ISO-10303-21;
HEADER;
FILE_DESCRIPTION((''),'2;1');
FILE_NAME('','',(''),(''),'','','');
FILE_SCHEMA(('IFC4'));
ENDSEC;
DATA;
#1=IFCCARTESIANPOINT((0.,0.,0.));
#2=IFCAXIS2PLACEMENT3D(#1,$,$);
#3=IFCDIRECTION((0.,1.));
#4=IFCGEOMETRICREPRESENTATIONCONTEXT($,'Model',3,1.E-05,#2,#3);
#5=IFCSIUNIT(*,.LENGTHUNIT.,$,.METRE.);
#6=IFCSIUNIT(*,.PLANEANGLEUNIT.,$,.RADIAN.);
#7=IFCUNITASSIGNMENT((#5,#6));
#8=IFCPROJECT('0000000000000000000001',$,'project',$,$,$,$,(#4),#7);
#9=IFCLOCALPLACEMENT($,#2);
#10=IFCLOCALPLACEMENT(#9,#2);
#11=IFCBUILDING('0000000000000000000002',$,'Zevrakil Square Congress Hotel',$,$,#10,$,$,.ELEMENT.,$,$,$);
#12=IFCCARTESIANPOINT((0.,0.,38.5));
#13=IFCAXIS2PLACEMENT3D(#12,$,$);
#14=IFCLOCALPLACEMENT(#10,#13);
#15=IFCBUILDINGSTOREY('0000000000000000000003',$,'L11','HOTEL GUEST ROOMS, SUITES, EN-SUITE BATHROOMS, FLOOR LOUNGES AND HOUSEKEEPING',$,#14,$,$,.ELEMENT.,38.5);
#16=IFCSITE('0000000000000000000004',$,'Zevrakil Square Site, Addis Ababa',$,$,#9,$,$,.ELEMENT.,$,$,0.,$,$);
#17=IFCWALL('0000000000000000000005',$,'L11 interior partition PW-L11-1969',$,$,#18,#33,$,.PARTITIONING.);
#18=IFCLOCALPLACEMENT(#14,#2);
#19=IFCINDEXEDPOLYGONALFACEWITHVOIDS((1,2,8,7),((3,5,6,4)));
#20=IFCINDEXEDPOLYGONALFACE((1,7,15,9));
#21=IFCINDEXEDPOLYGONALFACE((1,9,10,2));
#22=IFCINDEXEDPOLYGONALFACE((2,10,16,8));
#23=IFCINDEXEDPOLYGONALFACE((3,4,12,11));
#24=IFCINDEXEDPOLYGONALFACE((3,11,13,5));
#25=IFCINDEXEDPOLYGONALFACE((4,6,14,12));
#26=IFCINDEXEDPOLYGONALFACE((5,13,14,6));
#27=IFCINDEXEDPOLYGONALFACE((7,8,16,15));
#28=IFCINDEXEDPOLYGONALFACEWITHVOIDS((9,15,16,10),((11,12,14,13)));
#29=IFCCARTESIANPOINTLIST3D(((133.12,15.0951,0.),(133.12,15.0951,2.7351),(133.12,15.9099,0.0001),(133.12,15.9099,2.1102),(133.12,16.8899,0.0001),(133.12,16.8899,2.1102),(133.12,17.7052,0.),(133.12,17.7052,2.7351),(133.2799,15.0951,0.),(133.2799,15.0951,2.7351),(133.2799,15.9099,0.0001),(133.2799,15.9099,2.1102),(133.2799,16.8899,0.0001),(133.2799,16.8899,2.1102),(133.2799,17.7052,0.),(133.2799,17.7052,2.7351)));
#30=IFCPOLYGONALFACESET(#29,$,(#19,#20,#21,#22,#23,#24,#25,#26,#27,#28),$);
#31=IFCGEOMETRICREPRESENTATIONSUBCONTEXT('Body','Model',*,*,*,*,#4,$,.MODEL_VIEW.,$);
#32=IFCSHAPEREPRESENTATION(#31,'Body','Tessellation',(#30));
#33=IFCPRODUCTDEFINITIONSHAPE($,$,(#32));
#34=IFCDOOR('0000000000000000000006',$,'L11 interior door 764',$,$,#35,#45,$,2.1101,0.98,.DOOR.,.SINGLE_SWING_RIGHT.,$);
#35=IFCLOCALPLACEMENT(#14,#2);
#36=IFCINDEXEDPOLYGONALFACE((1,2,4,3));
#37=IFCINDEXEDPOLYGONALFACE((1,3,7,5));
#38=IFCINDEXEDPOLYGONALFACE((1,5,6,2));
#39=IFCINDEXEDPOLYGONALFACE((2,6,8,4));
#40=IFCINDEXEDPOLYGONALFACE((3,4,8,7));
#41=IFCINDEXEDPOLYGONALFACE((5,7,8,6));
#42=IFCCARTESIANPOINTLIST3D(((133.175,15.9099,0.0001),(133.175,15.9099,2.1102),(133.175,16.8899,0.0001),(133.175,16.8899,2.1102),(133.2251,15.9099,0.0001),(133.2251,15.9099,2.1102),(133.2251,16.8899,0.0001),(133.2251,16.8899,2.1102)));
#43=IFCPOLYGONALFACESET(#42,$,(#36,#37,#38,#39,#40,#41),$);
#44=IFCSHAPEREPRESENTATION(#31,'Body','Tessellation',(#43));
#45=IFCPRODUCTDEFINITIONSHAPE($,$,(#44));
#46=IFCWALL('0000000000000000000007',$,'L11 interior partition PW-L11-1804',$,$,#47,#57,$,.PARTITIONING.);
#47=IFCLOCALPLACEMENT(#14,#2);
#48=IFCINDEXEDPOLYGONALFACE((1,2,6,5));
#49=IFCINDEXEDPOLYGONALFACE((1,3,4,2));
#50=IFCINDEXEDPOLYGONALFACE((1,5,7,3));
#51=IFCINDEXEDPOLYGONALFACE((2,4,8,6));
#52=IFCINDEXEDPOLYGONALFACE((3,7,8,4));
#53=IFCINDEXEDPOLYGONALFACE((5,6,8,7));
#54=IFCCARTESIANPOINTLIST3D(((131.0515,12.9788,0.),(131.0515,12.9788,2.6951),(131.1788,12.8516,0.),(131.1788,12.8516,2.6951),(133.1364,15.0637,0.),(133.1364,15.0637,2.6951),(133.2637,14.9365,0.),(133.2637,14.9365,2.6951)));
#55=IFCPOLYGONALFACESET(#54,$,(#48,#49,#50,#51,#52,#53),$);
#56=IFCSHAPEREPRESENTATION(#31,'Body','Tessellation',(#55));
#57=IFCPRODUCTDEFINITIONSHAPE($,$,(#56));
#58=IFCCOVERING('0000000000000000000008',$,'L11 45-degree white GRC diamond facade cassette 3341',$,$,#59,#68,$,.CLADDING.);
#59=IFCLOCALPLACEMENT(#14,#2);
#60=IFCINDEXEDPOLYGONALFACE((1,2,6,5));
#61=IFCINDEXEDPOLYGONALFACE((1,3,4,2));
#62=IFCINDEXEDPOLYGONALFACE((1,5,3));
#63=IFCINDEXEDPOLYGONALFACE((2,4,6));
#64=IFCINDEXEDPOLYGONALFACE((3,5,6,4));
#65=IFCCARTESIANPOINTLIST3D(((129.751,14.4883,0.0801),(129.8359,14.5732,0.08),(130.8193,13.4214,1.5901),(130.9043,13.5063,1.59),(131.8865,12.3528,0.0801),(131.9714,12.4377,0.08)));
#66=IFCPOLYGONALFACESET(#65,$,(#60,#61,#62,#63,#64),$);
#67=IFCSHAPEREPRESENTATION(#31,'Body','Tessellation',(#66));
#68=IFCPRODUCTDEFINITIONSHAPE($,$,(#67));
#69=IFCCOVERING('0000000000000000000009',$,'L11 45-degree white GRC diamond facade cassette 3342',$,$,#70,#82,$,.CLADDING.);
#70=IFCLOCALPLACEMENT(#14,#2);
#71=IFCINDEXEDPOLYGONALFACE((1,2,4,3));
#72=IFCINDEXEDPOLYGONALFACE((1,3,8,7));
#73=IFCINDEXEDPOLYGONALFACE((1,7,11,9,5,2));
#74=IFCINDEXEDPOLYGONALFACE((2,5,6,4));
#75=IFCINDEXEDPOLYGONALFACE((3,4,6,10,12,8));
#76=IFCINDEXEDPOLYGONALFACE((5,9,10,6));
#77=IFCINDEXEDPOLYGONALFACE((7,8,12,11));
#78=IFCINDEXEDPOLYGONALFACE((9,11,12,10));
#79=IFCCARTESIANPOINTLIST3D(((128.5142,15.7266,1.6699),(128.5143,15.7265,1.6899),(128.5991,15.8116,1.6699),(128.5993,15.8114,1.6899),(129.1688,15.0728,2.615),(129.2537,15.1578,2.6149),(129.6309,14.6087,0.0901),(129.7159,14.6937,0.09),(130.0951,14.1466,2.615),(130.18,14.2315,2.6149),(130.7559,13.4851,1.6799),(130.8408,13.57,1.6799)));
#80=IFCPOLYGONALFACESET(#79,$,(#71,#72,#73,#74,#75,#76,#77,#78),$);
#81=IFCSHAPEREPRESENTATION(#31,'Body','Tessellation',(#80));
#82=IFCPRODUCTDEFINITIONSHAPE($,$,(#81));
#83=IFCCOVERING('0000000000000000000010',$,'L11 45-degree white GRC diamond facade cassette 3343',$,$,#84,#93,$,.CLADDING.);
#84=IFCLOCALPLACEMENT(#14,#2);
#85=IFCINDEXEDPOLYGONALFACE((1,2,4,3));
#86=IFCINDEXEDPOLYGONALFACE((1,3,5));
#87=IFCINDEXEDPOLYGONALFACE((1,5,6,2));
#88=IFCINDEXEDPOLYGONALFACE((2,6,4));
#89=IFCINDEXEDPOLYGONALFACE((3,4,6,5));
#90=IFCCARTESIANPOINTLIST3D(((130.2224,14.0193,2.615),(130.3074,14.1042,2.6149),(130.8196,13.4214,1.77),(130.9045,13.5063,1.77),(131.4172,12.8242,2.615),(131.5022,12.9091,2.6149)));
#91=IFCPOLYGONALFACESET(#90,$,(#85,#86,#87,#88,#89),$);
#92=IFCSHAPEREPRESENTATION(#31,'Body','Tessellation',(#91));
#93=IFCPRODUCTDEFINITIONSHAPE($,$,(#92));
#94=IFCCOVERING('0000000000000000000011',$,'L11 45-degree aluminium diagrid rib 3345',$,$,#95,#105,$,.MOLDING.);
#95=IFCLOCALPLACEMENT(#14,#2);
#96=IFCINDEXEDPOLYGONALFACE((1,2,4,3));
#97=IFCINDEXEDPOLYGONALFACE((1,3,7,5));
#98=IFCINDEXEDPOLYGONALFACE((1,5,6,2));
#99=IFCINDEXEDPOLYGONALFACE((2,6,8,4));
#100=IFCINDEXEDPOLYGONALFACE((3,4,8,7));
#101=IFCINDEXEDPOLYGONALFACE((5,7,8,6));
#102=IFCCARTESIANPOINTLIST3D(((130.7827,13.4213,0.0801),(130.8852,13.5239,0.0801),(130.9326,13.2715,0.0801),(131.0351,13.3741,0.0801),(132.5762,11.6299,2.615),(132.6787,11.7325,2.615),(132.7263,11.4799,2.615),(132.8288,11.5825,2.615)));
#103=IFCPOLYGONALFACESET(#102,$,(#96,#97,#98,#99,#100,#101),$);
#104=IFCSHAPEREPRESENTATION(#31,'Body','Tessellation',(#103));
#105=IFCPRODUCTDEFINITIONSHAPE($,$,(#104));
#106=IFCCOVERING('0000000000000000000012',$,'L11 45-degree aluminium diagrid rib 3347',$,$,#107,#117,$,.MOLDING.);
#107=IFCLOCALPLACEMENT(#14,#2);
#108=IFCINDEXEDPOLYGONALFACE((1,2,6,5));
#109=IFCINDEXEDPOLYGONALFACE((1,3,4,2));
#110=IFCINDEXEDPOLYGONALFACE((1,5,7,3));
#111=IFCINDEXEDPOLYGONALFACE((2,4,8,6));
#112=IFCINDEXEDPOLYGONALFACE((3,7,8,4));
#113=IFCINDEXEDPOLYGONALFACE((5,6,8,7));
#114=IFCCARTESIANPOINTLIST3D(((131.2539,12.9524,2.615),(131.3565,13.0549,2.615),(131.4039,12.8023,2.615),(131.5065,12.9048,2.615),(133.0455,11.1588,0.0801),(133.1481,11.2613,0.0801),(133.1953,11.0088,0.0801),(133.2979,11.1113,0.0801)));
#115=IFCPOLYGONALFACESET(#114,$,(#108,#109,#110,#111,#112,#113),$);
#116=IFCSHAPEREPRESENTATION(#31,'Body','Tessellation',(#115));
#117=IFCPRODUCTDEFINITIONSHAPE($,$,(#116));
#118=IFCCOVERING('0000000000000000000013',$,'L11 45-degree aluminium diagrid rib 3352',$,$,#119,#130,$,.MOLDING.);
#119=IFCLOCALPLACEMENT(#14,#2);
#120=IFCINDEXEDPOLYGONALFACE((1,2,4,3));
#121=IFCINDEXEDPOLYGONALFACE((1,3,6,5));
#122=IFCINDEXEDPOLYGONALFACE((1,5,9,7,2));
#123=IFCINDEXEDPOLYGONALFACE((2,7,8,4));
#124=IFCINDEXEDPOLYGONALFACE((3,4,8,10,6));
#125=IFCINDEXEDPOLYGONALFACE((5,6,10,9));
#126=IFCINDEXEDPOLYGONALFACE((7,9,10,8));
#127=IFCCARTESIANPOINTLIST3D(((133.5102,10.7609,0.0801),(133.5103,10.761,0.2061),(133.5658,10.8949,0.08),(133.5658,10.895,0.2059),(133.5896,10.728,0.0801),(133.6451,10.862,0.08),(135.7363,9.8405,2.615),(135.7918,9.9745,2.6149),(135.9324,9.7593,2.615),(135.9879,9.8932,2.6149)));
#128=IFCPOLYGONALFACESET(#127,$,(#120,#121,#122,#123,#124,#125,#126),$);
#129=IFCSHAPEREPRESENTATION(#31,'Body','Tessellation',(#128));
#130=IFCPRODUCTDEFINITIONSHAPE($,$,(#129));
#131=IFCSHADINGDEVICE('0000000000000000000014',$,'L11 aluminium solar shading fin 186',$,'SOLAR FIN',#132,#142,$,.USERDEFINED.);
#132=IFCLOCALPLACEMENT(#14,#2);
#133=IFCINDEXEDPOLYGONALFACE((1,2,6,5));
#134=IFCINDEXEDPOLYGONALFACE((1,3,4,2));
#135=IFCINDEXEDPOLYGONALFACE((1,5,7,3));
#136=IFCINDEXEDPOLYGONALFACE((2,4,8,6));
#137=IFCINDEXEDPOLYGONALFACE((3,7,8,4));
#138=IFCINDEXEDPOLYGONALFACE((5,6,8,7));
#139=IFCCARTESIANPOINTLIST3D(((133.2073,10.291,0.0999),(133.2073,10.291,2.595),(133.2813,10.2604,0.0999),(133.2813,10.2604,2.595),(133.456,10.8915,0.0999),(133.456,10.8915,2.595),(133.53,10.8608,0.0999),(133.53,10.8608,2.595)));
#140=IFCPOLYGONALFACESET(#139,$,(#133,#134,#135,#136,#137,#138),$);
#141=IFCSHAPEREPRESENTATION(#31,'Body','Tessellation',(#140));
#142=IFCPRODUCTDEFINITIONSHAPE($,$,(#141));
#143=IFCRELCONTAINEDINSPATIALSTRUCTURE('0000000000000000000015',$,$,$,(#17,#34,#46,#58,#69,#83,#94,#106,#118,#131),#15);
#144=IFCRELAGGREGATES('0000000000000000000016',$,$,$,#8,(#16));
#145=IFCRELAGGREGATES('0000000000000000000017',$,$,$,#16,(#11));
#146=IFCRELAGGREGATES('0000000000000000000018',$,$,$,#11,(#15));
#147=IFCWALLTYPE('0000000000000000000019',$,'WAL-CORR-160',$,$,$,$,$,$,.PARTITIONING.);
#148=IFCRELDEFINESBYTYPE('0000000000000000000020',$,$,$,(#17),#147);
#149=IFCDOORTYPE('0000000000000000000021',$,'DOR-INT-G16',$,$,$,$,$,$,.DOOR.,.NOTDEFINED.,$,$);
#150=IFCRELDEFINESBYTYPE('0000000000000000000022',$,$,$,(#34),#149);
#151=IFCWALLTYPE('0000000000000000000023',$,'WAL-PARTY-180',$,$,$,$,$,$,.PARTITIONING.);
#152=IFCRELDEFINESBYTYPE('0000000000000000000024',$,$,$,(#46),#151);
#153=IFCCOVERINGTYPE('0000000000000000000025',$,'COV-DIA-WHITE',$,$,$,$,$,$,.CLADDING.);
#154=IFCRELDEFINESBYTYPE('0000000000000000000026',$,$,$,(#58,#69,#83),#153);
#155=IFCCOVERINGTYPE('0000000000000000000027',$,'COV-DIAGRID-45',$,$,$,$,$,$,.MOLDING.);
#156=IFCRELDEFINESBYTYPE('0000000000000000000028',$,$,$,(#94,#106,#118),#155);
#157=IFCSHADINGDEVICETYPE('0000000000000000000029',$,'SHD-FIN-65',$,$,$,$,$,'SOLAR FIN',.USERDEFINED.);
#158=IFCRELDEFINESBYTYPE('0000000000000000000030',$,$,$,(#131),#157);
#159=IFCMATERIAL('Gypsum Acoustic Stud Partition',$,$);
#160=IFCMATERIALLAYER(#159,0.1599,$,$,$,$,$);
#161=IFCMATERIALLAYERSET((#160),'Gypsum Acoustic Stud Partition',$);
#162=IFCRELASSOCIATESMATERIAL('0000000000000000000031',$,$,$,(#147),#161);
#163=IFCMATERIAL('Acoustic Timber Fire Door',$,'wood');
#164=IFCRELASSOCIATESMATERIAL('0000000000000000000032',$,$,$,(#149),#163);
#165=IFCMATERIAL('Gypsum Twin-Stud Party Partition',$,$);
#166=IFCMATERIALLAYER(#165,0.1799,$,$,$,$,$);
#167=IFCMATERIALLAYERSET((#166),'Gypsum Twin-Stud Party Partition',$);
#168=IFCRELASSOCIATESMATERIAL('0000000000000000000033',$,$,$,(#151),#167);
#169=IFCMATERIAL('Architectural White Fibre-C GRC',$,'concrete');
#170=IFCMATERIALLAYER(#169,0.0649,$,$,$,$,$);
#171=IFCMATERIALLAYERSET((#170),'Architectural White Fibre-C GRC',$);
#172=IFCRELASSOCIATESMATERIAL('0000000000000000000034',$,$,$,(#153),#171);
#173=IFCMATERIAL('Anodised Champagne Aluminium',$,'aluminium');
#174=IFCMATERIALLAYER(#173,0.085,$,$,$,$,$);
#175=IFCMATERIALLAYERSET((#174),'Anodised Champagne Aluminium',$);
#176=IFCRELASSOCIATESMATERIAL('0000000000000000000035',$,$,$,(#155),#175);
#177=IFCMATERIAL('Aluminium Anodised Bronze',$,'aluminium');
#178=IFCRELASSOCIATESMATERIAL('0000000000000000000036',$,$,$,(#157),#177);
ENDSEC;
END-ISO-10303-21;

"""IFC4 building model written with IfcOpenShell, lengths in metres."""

from ifc_helpers import new_model, si_unit, direction, frame, frame_2d, origin, origin_2d, place, context, subcontext, project, spatial, polyline, rectangle, outline, extrude, material, layer, layer_set, type_object, element, fill, save


model = new_model("IFC4")

# Units and contexts
model_context = context("Model", 3, precision=1e-05, world=origin(), true_north=direction((0.0, 1.0)))
body_context = subcontext(model_context, "Body", "Model", "MODEL_VIEW")
ifc_project = project(units=[si_unit("LENGTHUNIT", "METRE"), si_unit("PLANEANGLEUNIT", "RADIAN")], contexts=[model_context])

# Site, building, storey
site_placement = place(None, origin())
site = spatial("IfcSite", under=ifc_project, at=site_placement, Name="Zevrakil Square Site, Addis Ababa", CompositionType="ELEMENT", RefElevation=0.0)
building_placement = place(site_placement, origin())
building = spatial("IfcBuilding", under=site, at=building_placement, Name="Zevrakil Square Congress Hotel", CompositionType="ELEMENT")
storey_placement = place(building_placement, frame((0.0, 0.0, 38.5)))
storey = spatial("IfcBuildingStorey", under=building, at=storey_placement, Name="L11", Description="HOTEL GUEST ROOMS, SUITES, EN-SUITE BATHROOMS, FLOOR LOUNGES AND HOUSEKEEPING", CompositionType="ELEMENT", Elevation=38.5)

# Wall, opening, door
ifc_material_1 = material(Name="Gypsum Acoustic Stud Partition")
ifc_layer_1 = layer(ifc_material_1, 0.1599)
ifc_layer_set_1 = layer_set([ifc_layer_1], Name="Gypsum Acoustic Stud Partition")
wall_type_1 = type_object("IfcWallType", Name="WAL-CORR-160", PredefinedType="PARTITIONING", material=ifc_layer_set_1)
wall_1_placement = place(storey_placement, frame((133.2, 15.095, 0.0), z_axis=(0.0, 0.0, 1.0), x_axis=(0.0, 1.0, 0.0)))
wall_1 = element("IfcWall", 1, at=wall_1_placement, inside=storey, type_object=wall_type_1, Name="L11 interior partition PW-L11-1969", PredefinedType="PARTITIONING", context=body_context, shape_type="SweptSolid", body=[
    extrude(rectangle(XDim=2.6101, YDim=0.1599, at=frame_2d((1.3052, 0.0))), origin(), (0.0, 0.0, 1.0), 2.7351),
])
opening_1_placement = place(wall_1_placement, frame((0.8149, 0.0, 0.0)))
opening_1 = element("IfcOpeningElement", 2, at=opening_1_placement, cuts=wall_1, PredefinedType="OPENING", context=body_context, shape_type="SweptSolid", body=[
    extrude(rectangle(XDim=0.98, YDim=2.1101, at=frame_2d((0.49, 1.0552))), frame((0.0, 0.0898, 0.0), z_axis=(0.0, -1.0, 0.0), x_axis=(1.0, 0.0, 0.0)), (0.0, 0.0, 1.0), 0.1799),
])
ifc_material_2 = material(Name="Acoustic Timber Fire Door", Category="wood")
door_type_1 = type_object("IfcDoorType", Name="DOR-INT-G16", OperationType="NOTDEFINED", PredefinedType="DOOR", material=ifc_material_2)
door_1_placement = place(opening_1_placement, origin())
door_1 = element("IfcDoor", 3, at=door_1_placement, inside=storey, type_object=door_type_1, Name="L11 interior door 764", OperationType="SINGLE_SWING_RIGHT", OverallHeight=2.1101, OverallWidth=0.98, PredefinedType="DOOR", context=body_context, shape_type="SweptSolid", body=[
    extrude(rectangle(XDim=0.98, YDim=2.1101, at=frame_2d((0.49, 1.0552))), frame((0.0, 0.0249, 0.0), z_axis=(0.0, -1.0, 0.0), x_axis=(1.0, 0.0, 0.0)), (0.0, 0.0, 1.0), 0.05),
])
fill(opening_1, door_1)

# Wall
ifc_material_3 = material(Name="Gypsum Twin-Stud Party Partition")
ifc_layer_2 = layer(ifc_material_3, 0.1799)
ifc_layer_set_2 = layer_set([ifc_layer_2], Name="Gypsum Twin-Stud Party Partition")
wall_type_2 = type_object("IfcWallType", Name="WAL-PARTY-180", PredefinedType="PARTITIONING", material=ifc_layer_set_2)
wall_2_placement = place(storey_placement, frame((133.2, 15.0, 0.0), z_axis=(0.0, 0.0, 1.0), x_axis=(-0.707107, -0.707107, 0.0)))
element("IfcWall", 4, at=wall_2_placement, inside=storey, type_object=wall_type_2, Name="L11 interior partition PW-L11-1804", PredefinedType="PARTITIONING", context=body_context, shape_type="SweptSolid", body=[
    extrude(rectangle(XDim=2.9485, YDim=0.1799, at=frame_2d((1.4741, 0.0))), origin(), (0.0, 0.0, 1.0), 2.6951),
])

# Coverings
ifc_material_4 = material(Name="Architectural White Fibre-C GRC", Category="concrete")
ifc_layer_3 = layer(ifc_material_4, 0.0649)
ifc_layer_set_3 = layer_set([ifc_layer_3], Name="Architectural White Fibre-C GRC")
covering_type_1 = type_object("IfcCoveringType", Name="COV-DIA-WHITE", PredefinedType="CLADDING", material=ifc_layer_set_3)
covering_1_placement = place(storey_placement, frame((130.8193, 13.4214, 1.5901), z_axis=(-0.707107, -0.707107, 0.000686), x_axis=(0.499688, -0.500374, -0.707063)))
element("IfcCovering", 5, at=covering_1_placement, inside=storey, type_object=covering_type_1, Name="L11 45-degree white GRC diamond facade cassette 3341", PredefinedType="CLADDING", context=body_context, shape_type="SweptSolid", body=[
    extrude(outline(polyline([(0.0, 0.0), (2.1356, 0.0), (0.0, -2.1354), (0.0, 0.0)])), origin(), (0.0, 0.0, -1.0), 0.1201),
])
covering_2_placement = place(storey_placement, frame((130.7559, 13.4851, 1.6799), z_axis=(-0.707086, -0.707127, 0.000551), x_axis=(-0.500308, 0.499727, -0.707082)))
element("IfcCovering", 6, at=covering_2_placement, inside=storey, type_object=covering_type_1, Name="L11 45-degree white GRC diamond facade cassette 3342", PredefinedType="CLADDING", context=body_context, shape_type="SweptSolid", body=[
    extrude(outline(polyline([(0.0, 0.0), (2.2485, 0.0), (2.2487, -2.2344), (2.2345, -2.2485), (0.9263, -2.2486), (0.0, -1.3223), (0.0, 0.0)])), origin(), (0.0, 0.0, -1.0), 0.1201),
])
covering_3_placement = place(storey_placement, frame((130.8196, 13.4214, 1.77), z_axis=(-0.707179, -0.707034, 0.000511), x_axis=(-0.499714, 0.500327, 0.707077)))
element("IfcCovering", 7, at=covering_3_placement, inside=storey, type_object=covering_type_1, Name="L11 45-degree white GRC diamond facade cassette 3343", PredefinedType="CLADDING", context=body_context, shape_type="SweptSolid", body=[
    extrude(outline(polyline([(0.0, 0.0), (1.195, 0.0), (0.0, -1.1949), (0.0, 0.0)])), origin(), (0.0, 0.0, -1.0), 0.1201),
])
ifc_material_5 = material(Name="Anodised Champagne Aluminium", Category="aluminium")
ifc_layer_4 = layer(ifc_material_5, 0.085)
ifc_layer_set_4 = layer_set([ifc_layer_4], Name="Anodised Champagne Aluminium")
covering_type_2 = type_object("IfcCoveringType", Name="COV-DIAGRID-45", PredefinedType="MOLDING", material=ifc_layer_set_4)
covering_4_placement = place(storey_placement, frame((130.9326, 13.2715, 0.0801), z_axis=(-0.706819, -0.707395, 0.000172), x_axis=(-0.707395, 0.706819, 0.0)))
element("IfcCovering", 8, at=covering_4_placement, inside=storey, type_object=covering_type_2, Name="L11 45-degree aluminium diagrid rib 3345", PredefinedType="MOLDING", context=body_context, shape_type="SweptSolid", body=[
    extrude(outline(polyline([(0.0, 0.0), (0.212, 0.0), (-2.323, -2.5349), (-2.5351, -2.5349), (0.0, 0.0)])), origin(), (0.0, 0.0, -1.0), 0.145),
])
covering_5_placement = place(storey_placement, frame((131.2539, 12.9524, 2.615), z_axis=(-0.707395, -0.706819, 0.000172), x_axis=(0.706819, -0.707395, 0.0)))
element("IfcCovering", 9, at=covering_5_placement, inside=storey, type_object=covering_type_2, Name="L11 45-degree aluminium diagrid rib 3347", PredefinedType="MOLDING", context=body_context, shape_type="SweptSolid", body=[
    extrude(outline(polyline([(0.0, 0.0), (0.2122, 0.0), (2.7471, -2.5349), (2.5351, -2.5349), (0.0, 0.0)])), origin(), (0.0, 0.0, -1.0), 0.145),
])
covering_6_placement = place(storey_placement, frame((133.5896, 10.728, 0.0801), z_axis=(-0.382897, -0.923791, 0.000835), x_axis=(-0.923791, 0.382897, 0.000001)))
element("IfcCovering", 10, at=covering_6_placement, inside=storey, type_object=covering_type_2, Name="L11 45-degree aluminium diagrid rib 3352", PredefinedType="MOLDING", context=body_context, shape_type="SweptSolid", body=[
    extrude(outline(polyline([(0.0, 0.0), (0.0859, 0.0), (0.0859, -0.126), (-2.3229, -2.5349), (-2.5352, -2.5349), (0.0, 0.0)])), origin(), (0.0, 0.0, -1.0), 0.145),
])

# Shading device
ifc_material_6 = material(Name="Aluminium Anodised Bronze", Category="aluminium")
shading_device_type = type_object("IfcShadingDeviceType", Name="SHD-FIN-65", ElementType="SOLAR FIN", PredefinedType="USERDEFINED", material=ifc_material_6)
shading_device_placement = place(storey_placement, frame((133.3687, 10.5759, 0.0999), z_axis=(0.0, 0.0, 1.0), x_axis=(-0.382683, -0.92388, 0.0)))
element("IfcShadingDevice", 11, at=shading_device_placement, inside=storey, type_object=shading_device_type, Name="L11 aluminium solar shading fin 186", ObjectType="SOLAR FIN", PredefinedType="USERDEFINED", context=body_context, shape_type="SweptSolid", body=[
    extrude(rectangle(XDim=0.6499, YDim=0.0801, at=origin_2d()), origin(), (0.0, 0.0, 1.0), 2.4951),
])

save(model, "model.ifc")
